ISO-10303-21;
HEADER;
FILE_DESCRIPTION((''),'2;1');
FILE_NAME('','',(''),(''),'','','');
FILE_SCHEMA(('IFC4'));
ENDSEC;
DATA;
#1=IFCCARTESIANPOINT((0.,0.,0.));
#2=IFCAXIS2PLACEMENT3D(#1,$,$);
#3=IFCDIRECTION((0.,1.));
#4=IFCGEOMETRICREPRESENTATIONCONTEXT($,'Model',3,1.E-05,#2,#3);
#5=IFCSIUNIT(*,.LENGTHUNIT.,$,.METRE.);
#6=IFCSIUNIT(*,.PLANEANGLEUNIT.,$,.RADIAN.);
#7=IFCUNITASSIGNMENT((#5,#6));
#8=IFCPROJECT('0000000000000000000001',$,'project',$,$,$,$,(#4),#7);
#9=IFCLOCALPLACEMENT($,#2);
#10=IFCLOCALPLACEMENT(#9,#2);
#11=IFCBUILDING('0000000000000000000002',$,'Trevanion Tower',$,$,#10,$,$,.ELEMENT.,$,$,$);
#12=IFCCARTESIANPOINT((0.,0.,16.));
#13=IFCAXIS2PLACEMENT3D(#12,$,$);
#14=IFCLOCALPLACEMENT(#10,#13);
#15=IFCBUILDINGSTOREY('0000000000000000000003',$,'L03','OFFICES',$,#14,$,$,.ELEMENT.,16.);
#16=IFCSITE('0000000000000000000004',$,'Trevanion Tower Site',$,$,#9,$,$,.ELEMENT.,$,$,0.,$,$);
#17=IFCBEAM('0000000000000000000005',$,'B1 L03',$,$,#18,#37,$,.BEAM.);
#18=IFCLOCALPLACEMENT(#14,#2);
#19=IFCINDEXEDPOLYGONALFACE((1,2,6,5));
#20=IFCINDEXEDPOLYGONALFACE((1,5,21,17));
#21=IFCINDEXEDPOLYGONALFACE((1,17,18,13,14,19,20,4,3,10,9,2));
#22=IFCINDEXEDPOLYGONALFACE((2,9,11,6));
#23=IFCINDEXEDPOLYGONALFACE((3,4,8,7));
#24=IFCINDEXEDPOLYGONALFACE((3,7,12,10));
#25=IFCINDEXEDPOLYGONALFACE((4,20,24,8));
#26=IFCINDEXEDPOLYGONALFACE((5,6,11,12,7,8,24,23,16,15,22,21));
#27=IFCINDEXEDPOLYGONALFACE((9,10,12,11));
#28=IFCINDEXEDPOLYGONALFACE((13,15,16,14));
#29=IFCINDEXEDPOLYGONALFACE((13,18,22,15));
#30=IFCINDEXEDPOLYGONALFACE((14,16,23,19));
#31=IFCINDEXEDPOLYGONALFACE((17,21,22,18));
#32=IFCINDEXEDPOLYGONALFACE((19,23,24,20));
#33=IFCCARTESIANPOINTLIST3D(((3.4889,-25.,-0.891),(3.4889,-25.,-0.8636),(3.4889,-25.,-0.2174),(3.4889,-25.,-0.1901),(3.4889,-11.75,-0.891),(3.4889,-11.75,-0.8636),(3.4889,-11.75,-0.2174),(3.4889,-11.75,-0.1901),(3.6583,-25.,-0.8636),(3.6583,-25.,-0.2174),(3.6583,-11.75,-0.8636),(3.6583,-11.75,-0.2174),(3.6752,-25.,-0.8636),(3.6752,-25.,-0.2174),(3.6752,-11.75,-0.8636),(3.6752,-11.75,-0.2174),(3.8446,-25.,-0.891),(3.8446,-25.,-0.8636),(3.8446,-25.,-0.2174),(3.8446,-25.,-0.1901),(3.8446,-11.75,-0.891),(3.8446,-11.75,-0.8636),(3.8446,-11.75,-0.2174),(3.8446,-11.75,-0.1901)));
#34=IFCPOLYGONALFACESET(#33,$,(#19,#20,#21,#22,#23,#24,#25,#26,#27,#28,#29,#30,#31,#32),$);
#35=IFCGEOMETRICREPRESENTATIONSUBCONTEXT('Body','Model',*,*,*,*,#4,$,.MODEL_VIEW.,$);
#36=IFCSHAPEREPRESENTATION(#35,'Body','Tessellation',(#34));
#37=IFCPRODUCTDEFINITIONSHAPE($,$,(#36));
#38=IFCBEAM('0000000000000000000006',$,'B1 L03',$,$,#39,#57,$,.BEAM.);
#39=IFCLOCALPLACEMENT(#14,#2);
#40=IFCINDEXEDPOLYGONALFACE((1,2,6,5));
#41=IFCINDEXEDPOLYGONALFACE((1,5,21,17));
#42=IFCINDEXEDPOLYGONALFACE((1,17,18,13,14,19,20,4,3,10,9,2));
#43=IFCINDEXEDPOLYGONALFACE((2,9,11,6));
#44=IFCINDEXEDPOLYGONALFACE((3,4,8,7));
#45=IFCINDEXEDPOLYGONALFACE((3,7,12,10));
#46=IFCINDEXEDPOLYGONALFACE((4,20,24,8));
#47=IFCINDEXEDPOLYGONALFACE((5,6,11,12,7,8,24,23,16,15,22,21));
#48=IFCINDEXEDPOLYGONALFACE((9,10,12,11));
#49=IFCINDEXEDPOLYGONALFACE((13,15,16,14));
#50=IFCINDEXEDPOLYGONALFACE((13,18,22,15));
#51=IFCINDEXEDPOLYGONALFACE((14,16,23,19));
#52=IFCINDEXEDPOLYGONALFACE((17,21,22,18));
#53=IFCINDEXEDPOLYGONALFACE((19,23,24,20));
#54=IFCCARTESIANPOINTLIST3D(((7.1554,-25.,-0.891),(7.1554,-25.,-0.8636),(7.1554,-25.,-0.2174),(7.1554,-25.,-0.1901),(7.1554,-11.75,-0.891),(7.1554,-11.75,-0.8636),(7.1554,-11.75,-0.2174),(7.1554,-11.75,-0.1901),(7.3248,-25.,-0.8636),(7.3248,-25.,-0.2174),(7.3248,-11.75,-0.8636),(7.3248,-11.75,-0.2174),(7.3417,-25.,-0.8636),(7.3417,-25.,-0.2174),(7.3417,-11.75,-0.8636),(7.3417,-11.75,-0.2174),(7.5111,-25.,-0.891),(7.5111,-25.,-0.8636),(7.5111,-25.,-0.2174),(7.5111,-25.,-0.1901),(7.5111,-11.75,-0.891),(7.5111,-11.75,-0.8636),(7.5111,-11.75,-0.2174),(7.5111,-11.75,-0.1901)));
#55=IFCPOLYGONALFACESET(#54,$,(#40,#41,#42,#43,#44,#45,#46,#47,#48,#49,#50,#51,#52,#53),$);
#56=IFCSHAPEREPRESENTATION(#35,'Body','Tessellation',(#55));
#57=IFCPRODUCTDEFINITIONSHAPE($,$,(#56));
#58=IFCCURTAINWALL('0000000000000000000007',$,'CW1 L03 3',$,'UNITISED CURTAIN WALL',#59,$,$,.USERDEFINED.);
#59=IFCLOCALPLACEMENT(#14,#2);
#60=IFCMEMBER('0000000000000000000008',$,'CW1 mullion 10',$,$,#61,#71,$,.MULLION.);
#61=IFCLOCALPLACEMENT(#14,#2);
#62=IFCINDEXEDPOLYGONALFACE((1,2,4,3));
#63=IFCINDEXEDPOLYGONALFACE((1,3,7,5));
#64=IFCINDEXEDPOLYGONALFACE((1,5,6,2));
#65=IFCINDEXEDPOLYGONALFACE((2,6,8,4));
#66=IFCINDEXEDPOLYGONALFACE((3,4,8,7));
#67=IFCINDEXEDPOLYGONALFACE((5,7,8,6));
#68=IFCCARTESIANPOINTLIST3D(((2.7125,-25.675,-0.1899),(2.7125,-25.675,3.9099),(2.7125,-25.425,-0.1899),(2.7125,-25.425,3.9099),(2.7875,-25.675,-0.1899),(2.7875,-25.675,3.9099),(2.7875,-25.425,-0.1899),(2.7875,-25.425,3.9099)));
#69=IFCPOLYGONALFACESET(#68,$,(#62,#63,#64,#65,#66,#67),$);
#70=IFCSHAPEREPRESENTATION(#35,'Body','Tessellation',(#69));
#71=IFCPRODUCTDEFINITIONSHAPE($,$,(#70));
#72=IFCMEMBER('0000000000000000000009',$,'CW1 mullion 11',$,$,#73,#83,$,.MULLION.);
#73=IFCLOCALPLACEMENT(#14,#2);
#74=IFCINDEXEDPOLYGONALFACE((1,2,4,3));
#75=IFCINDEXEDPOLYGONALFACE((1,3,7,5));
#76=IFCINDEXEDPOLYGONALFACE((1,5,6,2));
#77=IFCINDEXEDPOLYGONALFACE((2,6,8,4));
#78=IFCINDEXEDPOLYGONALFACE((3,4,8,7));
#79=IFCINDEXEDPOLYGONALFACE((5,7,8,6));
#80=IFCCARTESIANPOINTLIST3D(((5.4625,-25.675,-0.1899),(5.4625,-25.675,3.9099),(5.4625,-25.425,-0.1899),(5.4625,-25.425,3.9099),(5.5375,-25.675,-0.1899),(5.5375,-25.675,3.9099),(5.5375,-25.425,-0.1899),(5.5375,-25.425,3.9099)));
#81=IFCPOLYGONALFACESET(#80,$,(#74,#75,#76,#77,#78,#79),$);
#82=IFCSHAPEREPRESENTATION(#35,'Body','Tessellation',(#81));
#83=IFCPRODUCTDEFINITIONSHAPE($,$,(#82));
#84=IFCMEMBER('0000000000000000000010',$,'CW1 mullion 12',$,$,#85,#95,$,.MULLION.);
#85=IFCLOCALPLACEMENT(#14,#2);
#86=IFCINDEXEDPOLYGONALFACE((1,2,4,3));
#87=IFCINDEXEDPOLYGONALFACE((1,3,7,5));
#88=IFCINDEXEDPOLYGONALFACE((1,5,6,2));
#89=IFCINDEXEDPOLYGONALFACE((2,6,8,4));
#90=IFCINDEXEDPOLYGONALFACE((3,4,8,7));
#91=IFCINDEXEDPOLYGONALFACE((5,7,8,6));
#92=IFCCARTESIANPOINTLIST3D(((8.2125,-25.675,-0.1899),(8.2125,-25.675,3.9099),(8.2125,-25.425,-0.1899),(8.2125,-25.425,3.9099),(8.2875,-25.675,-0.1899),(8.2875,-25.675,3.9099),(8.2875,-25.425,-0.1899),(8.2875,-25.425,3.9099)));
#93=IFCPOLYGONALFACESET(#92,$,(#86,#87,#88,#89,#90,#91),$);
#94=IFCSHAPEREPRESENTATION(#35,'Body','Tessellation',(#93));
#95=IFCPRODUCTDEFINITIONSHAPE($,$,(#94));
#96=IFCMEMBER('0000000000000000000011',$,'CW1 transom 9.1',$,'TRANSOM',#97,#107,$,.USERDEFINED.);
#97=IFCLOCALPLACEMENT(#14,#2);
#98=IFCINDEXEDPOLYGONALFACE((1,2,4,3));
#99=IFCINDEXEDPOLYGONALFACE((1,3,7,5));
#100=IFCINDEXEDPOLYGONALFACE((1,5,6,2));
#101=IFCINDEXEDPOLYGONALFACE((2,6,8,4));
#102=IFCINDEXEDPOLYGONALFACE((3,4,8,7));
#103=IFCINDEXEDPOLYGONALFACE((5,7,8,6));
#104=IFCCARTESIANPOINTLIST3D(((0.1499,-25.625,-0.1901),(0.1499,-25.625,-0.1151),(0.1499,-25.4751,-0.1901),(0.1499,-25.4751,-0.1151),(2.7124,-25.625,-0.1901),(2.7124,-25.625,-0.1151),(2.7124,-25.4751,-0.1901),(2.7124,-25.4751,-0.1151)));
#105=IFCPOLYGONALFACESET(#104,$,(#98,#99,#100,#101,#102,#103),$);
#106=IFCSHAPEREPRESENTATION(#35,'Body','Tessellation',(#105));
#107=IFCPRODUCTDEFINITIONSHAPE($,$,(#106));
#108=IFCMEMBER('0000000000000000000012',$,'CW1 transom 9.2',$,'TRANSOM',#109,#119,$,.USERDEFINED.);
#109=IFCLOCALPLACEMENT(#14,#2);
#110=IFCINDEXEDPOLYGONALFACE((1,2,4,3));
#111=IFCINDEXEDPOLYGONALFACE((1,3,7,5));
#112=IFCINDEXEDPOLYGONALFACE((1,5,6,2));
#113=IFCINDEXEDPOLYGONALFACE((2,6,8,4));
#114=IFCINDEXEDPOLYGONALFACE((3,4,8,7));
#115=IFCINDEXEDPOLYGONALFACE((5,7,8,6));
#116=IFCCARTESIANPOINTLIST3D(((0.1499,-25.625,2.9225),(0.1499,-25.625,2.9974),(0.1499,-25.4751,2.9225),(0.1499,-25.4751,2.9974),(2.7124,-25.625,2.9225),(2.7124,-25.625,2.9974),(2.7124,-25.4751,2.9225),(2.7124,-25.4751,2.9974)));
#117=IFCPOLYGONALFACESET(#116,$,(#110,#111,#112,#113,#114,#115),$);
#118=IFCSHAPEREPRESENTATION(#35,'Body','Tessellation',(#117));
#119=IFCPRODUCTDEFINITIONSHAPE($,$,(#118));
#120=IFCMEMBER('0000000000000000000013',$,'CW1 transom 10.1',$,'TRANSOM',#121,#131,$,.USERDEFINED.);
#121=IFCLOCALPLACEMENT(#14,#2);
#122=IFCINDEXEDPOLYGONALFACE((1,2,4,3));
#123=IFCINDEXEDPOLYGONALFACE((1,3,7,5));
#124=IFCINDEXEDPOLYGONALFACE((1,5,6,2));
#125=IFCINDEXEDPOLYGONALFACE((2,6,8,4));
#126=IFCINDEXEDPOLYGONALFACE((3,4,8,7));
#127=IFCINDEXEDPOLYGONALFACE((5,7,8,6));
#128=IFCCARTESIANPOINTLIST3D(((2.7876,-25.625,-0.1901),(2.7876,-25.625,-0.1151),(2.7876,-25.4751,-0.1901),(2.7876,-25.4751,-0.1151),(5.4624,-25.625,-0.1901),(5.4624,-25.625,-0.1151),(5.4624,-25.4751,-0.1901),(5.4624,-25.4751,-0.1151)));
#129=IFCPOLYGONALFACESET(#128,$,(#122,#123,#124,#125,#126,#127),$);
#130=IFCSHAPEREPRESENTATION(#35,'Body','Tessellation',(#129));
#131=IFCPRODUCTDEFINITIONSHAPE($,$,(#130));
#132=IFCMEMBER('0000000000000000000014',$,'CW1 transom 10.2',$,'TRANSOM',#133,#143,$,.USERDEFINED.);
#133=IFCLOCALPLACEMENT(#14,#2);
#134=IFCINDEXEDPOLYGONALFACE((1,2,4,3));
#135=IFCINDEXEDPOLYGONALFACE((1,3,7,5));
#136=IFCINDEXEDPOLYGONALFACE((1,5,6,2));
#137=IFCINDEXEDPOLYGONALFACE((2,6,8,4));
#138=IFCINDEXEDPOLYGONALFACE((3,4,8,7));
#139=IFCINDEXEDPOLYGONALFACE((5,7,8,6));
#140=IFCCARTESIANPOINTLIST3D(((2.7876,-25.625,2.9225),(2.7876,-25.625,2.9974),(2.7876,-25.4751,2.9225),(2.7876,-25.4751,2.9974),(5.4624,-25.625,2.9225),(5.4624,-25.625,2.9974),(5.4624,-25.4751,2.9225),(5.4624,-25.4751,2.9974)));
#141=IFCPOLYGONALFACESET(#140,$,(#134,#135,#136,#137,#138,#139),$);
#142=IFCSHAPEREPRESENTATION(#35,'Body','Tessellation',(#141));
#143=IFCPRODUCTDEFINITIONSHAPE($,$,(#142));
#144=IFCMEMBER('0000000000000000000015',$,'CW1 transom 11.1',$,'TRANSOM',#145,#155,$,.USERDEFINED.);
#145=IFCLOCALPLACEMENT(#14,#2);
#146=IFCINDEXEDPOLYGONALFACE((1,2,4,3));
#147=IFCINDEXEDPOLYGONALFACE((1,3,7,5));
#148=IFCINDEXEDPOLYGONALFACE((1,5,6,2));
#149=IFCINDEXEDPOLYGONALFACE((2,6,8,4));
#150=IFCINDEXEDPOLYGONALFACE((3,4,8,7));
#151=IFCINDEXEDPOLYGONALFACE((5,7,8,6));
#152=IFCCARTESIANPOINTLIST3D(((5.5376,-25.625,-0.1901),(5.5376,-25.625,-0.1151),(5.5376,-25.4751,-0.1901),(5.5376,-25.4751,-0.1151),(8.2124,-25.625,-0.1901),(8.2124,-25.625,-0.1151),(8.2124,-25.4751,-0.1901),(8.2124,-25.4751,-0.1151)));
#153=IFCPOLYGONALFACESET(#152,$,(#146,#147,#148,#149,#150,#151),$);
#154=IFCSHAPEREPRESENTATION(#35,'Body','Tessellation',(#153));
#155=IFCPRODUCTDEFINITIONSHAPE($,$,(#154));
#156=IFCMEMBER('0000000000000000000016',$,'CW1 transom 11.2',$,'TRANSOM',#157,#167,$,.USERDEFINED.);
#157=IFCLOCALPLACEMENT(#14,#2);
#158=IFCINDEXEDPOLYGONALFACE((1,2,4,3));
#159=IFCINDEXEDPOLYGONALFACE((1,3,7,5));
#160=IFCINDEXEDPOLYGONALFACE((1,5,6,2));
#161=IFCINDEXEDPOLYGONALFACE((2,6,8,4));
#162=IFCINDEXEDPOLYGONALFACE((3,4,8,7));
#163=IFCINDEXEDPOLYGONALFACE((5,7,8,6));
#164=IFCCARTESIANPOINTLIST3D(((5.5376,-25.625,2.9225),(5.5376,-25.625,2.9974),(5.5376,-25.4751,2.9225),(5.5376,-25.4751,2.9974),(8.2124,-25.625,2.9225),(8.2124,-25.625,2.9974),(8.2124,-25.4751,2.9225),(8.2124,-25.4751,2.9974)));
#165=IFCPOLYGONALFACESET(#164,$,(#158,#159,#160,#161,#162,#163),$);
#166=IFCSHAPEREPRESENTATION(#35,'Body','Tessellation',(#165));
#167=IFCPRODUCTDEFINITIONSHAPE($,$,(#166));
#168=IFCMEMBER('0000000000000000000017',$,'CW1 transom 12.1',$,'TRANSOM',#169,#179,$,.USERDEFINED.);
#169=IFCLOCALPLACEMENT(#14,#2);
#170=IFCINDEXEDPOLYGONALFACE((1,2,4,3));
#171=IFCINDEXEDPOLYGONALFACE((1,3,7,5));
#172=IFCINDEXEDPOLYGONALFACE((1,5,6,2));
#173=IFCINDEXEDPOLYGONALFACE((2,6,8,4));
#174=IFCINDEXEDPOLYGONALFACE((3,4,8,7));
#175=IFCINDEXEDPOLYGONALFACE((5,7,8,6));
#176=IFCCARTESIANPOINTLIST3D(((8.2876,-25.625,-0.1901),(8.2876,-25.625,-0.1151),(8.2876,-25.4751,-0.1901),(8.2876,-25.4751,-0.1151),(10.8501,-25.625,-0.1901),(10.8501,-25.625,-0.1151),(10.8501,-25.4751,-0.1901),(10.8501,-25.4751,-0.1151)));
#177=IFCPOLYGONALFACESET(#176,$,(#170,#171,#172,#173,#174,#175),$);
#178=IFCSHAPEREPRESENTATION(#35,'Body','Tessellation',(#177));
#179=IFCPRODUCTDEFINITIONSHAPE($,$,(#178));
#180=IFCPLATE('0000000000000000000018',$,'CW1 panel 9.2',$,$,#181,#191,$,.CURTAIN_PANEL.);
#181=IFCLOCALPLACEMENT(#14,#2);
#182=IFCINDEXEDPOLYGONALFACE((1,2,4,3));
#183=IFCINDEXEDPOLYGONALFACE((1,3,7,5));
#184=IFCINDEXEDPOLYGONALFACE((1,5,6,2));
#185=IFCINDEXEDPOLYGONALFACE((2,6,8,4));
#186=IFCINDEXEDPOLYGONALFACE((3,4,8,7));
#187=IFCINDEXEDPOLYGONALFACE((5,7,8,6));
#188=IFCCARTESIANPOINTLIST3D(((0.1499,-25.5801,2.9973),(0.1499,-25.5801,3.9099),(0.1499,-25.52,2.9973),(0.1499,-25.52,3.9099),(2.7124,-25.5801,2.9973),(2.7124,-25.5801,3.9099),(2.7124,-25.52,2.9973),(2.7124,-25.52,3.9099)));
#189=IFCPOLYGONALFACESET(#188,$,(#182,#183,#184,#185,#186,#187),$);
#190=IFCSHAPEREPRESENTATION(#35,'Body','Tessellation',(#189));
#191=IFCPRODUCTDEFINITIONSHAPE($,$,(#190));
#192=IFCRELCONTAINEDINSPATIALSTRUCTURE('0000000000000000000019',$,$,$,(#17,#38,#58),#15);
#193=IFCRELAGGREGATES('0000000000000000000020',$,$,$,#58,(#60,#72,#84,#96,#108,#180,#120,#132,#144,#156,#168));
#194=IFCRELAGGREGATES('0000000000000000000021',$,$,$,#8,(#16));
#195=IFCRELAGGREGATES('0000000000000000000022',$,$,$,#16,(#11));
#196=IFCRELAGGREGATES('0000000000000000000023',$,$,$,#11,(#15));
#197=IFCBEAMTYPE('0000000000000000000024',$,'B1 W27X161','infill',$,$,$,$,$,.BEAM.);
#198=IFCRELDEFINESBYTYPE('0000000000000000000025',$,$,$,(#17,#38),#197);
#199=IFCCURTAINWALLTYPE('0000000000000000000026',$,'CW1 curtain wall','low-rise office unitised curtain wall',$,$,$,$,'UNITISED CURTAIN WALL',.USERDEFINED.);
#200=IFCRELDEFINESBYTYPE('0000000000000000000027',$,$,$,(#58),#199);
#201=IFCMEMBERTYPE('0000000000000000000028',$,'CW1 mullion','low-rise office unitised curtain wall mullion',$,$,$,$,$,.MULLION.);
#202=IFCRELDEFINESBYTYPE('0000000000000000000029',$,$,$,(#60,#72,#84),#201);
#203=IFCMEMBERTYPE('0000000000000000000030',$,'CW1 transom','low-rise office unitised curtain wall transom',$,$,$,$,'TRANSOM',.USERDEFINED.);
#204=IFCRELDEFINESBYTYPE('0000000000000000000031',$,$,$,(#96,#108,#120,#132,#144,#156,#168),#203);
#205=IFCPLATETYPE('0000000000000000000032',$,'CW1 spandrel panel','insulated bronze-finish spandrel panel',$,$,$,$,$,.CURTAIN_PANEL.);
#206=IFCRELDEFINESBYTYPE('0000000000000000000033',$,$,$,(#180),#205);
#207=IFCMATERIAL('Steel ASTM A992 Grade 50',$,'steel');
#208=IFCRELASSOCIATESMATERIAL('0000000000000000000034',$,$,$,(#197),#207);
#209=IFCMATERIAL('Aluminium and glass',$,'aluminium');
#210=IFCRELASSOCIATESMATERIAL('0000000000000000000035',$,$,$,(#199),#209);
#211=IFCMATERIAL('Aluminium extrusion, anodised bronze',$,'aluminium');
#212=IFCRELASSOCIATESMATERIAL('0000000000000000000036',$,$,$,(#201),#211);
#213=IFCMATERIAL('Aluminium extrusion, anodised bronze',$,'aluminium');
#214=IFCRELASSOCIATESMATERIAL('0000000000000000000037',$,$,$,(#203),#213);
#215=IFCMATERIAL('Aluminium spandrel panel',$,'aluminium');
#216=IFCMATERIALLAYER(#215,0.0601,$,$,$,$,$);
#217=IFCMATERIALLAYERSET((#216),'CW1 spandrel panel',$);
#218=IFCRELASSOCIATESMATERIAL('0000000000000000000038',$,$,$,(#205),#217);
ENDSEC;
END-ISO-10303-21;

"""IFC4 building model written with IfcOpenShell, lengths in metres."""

from ifc_helpers import new_model, si_unit, direction, frame, origin, origin_2d, place, context, subcontext, project, spatial, rectangle, i_section, extrude, material, layer, layer_set, material_profile, profile_set, type_object, element, aggregate, save


model = new_model("IFC4")

# Units and contexts
model_context = context("Model", 3, precision=1e-05, world=origin(), true_north=direction((0.0, 1.0)))
body_context = subcontext(model_context, "Body", "Model", "MODEL_VIEW")
ifc_project = project(units=[si_unit("LENGTHUNIT", "METRE"), si_unit("PLANEANGLEUNIT", "RADIAN")], contexts=[model_context])

# Site, building, storey
site_placement = place(None, origin())
site = spatial("IfcSite", under=ifc_project, at=site_placement, Name="Trevanion Tower Site", CompositionType="ELEMENT", RefElevation=0.0)
building_placement = place(site_placement, origin())
building = spatial("IfcBuilding", under=site, at=building_placement, Name="Trevanion Tower", CompositionType="ELEMENT")
storey_placement = place(building_placement, frame((0.0, 0.0, 16.0)))
storey = spatial("IfcBuildingStorey", under=building, at=storey_placement, Name="L03", Description="OFFICES", CompositionType="ELEMENT", Elevation=16.0)

# Beams
ifc_material_1 = material(Name="Steel ASTM A992 Grade 50", Category="steel")
ifc_material_profile_1 = material_profile(ifc_material_1, i_section(OverallWidth=0.3557, OverallDepth=0.7009, WebThickness=0.0168, FlangeThickness=0.0273, at=origin_2d()), Name="W27X161")
ifc_profile_set_1 = profile_set([ifc_material_profile_1], Name="Steel ASTM A992 Grade 50")
beam_type = type_object("IfcBeamType", Name="B1 W27X161", Description="infill", PredefinedType="BEAM", material=ifc_profile_set_1)
for number, where, z_axis, x_axis, name in (
    (1, (3.6667, -11.75, -0.5405), (0.0, -1.0, 0.0), (1.0, 0.0, 0.0), "B1 L03"),
    (2, (7.3333, -11.75, -0.5405), (0.0, -1.0, 0.0), (1.0, 0.0, 0.0), "B1 L03"),
):
    element("IfcBeam", number, at=place(storey_placement, frame(where, z_axis=z_axis, x_axis=x_axis)), inside=storey, type_object=beam_type, Name=name, PredefinedType="BEAM", context=body_context, shape_type="SweptSolid", body=[
        extrude(i_section(OverallWidth=0.3557, OverallDepth=0.7009, WebThickness=0.0168, FlangeThickness=0.0273, at=origin_2d()), origin(), (0.0, 0.0, 1.0), 13.25),
    ])

# Curtain wall, members, plate
ifc_material_2 = material(Name="Aluminium and glass", Category="aluminium")
curtain_wall_type = type_object("IfcCurtainWallType", Name="CW1 curtain wall", Description="low-rise office unitised curtain wall", ElementType="UNITISED CURTAIN WALL", PredefinedType="USERDEFINED", material=ifc_material_2)
curtain_wall_placement = place(storey_placement, origin())
curtain_wall = element("IfcCurtainWall", 3, at=curtain_wall_placement, inside=storey, type_object=curtain_wall_type, Name="CW1 L03 3", ObjectType="UNITISED CURTAIN WALL", PredefinedType="USERDEFINED")
ifc_material_3 = material(Name="Aluminium extrusion, anodised bronze", Category="aluminium")
ifc_material_profile_2 = material_profile(ifc_material_3, rectangle(XDim=0.075, YDim=0.25, at=origin_2d()), Name="CW1 mullion")
ifc_profile_set_2 = profile_set([ifc_material_profile_2], Name="Aluminium extrusion, anodised bronze")
member_type_1 = type_object("IfcMemberType", Name="CW1 mullion", Description="low-rise office unitised curtain wall mullion", PredefinedType="MULLION", material=ifc_profile_set_2)
member_1_placement = place(storey_placement, frame((2.75, -25.55, -0.1899), z_axis=(0.0, 0.0, 1.0), x_axis=(1.0, 0.0, 0.0)))
member_1 = element("IfcMember", 4, at=member_1_placement, type_object=member_type_1, Name="CW1 mullion 10", PredefinedType="MULLION", context=body_context, shape_type="SweptSolid", body=[
    extrude(rectangle(XDim=0.075, YDim=0.25, at=origin_2d()), origin(), (0.0, 0.0, 1.0), 4.0999),
])
member_2_placement = place(storey_placement, frame((5.5, -25.55, -0.1899), z_axis=(0.0, 0.0, 1.0), x_axis=(1.0, 0.0, 0.0)))
member_2 = element("IfcMember", 5, at=member_2_placement, type_object=member_type_1, Name="CW1 mullion 11", PredefinedType="MULLION", context=body_context, shape_type="SweptSolid", body=[
    extrude(rectangle(XDim=0.075, YDim=0.25, at=origin_2d()), origin(), (0.0, 0.0, 1.0), 4.0999),
])
member_3_placement = place(storey_placement, frame((8.25, -25.55, -0.1899), z_axis=(0.0, 0.0, 1.0), x_axis=(1.0, 0.0, 0.0)))
member_3 = element("IfcMember", 6, at=member_3_placement, type_object=member_type_1, Name="CW1 mullion 12", PredefinedType="MULLION", context=body_context, shape_type="SweptSolid", body=[
    extrude(rectangle(XDim=0.075, YDim=0.25, at=origin_2d()), origin(), (0.0, 0.0, 1.0), 4.0999),
])
ifc_material_4 = material(Name="Aluminium extrusion, anodised bronze", Category="aluminium")
ifc_material_profile_3 = material_profile(ifc_material_4, rectangle(XDim=0.1499, YDim=0.075, at=origin_2d()), Name="CW1 transom")
ifc_profile_set_3 = profile_set([ifc_material_profile_3], Name="Aluminium extrusion, anodised bronze")
member_type_2 = type_object("IfcMemberType", Name="CW1 transom", Description="low-rise office unitised curtain wall transom", ElementType="TRANSOM", PredefinedType="USERDEFINED", material=ifc_profile_set_3)
member_4_placement = place(storey_placement, frame((0.1499, -25.55, -0.1526), z_axis=(1.0, 0.0, 0.0), x_axis=(0.0, 1.0, 0.0)))
member_4 = element("IfcMember", 7, at=member_4_placement, type_object=member_type_2, Name="CW1 transom 9.1", ObjectType="TRANSOM", PredefinedType="USERDEFINED", context=body_context, shape_type="SweptSolid", body=[
    extrude(rectangle(XDim=0.1499, YDim=0.075, at=origin_2d()), origin(), (0.0, 0.0, 1.0), 2.5625),
])
member_5_placement = place(storey_placement, frame((0.1499, -25.55, 2.96), z_axis=(1.0, 0.0, 0.0), x_axis=(0.0, 1.0, 0.0)))
member_5 = element("IfcMember", 8, at=member_5_placement, type_object=member_type_2, Name="CW1 transom 9.2", ObjectType="TRANSOM", PredefinedType="USERDEFINED", context=body_context, shape_type="SweptSolid", body=[
    extrude(rectangle(XDim=0.1499, YDim=0.075, at=origin_2d()), origin(), (0.0, 0.0, 1.0), 2.5625),
])
member_6_placement = place(storey_placement, frame((2.7876, -25.55, -0.1526), z_axis=(1.0, 0.0, 0.0), x_axis=(0.0, 1.0, 0.0)))
member_6 = element("IfcMember", 9, at=member_6_placement, type_object=member_type_2, Name="CW1 transom 10.1", ObjectType="TRANSOM", PredefinedType="USERDEFINED", context=body_context, shape_type="SweptSolid", body=[
    extrude(rectangle(XDim=0.1499, YDim=0.075, at=origin_2d()), origin(), (0.0, 0.0, 1.0), 2.6748),
])
member_7_placement = place(storey_placement, frame((2.7876, -25.55, 2.96), z_axis=(1.0, 0.0, 0.0), x_axis=(0.0, 1.0, 0.0)))
member_7 = element("IfcMember", 10, at=member_7_placement, type_object=member_type_2, Name="CW1 transom 10.2", ObjectType="TRANSOM", PredefinedType="USERDEFINED", context=body_context, shape_type="SweptSolid", body=[
    extrude(rectangle(XDim=0.1499, YDim=0.075, at=origin_2d()), origin(), (0.0, 0.0, 1.0), 2.6748),
])
member_8_placement = place(storey_placement, frame((5.5376, -25.55, -0.1526), z_axis=(1.0, 0.0, 0.0), x_axis=(0.0, 1.0, 0.0)))
member_8 = element("IfcMember", 11, at=member_8_placement, type_object=member_type_2, Name="CW1 transom 11.1", ObjectType="TRANSOM", PredefinedType="USERDEFINED", context=body_context, shape_type="SweptSolid", body=[
    extrude(rectangle(XDim=0.1499, YDim=0.075, at=origin_2d()), origin(), (0.0, 0.0, 1.0), 2.6748),
])
member_9_placement = place(storey_placement, frame((5.5376, -25.55, 2.96), z_axis=(1.0, 0.0, 0.0), x_axis=(0.0, 1.0, 0.0)))
member_9 = element("IfcMember", 12, at=member_9_placement, type_object=member_type_2, Name="CW1 transom 11.2", ObjectType="TRANSOM", PredefinedType="USERDEFINED", context=body_context, shape_type="SweptSolid", body=[
    extrude(rectangle(XDim=0.1499, YDim=0.075, at=origin_2d()), origin(), (0.0, 0.0, 1.0), 2.6748),
])
member_10_placement = place(storey_placement, frame((8.2876, -25.55, -0.1526), z_axis=(1.0, 0.0, 0.0), x_axis=(0.0, 1.0, 0.0)))
member_10 = element("IfcMember", 13, at=member_10_placement, type_object=member_type_2, Name="CW1 transom 12.1", ObjectType="TRANSOM", PredefinedType="USERDEFINED", context=body_context, shape_type="SweptSolid", body=[
    extrude(rectangle(XDim=0.1499, YDim=0.075, at=origin_2d()), origin(), (0.0, 0.0, 1.0), 2.5625),
])
ifc_material_5 = material(Name="Aluminium spandrel panel", Category="aluminium")
ifc_layer_1 = layer(ifc_material_5, 0.0601)
ifc_layer_set_1 = layer_set([ifc_layer_1], Name="CW1 spandrel panel")
plate_type_1 = type_object("IfcPlateType", Name="CW1 spandrel panel", Description="insulated bronze-finish spandrel panel", PredefinedType="CURTAIN_PANEL", material=ifc_layer_set_1)
plate_1_placement = place(storey_placement, frame((1.4312, -25.55, 2.9973), z_axis=(0.0, 0.0, 1.0), x_axis=(1.0, 0.0, 0.0)))
plate_1 = element("IfcPlate", 14, at=plate_1_placement, type_object=plate_type_1, Name="CW1 panel 9.2", PredefinedType="CURTAIN_PANEL", context=body_context, shape_type="SweptSolid", body=[
    extrude(rectangle(XDim=2.5625, YDim=0.0601, at=origin_2d()), origin(), (0.0, 0.0, 1.0), 0.9126),
])
aggregate(curtain_wall, [member_1, member_2, member_3, member_4, member_5, plate_1, member_6, member_7, member_8, member_9, member_10])

save(model, "model.ifc")
